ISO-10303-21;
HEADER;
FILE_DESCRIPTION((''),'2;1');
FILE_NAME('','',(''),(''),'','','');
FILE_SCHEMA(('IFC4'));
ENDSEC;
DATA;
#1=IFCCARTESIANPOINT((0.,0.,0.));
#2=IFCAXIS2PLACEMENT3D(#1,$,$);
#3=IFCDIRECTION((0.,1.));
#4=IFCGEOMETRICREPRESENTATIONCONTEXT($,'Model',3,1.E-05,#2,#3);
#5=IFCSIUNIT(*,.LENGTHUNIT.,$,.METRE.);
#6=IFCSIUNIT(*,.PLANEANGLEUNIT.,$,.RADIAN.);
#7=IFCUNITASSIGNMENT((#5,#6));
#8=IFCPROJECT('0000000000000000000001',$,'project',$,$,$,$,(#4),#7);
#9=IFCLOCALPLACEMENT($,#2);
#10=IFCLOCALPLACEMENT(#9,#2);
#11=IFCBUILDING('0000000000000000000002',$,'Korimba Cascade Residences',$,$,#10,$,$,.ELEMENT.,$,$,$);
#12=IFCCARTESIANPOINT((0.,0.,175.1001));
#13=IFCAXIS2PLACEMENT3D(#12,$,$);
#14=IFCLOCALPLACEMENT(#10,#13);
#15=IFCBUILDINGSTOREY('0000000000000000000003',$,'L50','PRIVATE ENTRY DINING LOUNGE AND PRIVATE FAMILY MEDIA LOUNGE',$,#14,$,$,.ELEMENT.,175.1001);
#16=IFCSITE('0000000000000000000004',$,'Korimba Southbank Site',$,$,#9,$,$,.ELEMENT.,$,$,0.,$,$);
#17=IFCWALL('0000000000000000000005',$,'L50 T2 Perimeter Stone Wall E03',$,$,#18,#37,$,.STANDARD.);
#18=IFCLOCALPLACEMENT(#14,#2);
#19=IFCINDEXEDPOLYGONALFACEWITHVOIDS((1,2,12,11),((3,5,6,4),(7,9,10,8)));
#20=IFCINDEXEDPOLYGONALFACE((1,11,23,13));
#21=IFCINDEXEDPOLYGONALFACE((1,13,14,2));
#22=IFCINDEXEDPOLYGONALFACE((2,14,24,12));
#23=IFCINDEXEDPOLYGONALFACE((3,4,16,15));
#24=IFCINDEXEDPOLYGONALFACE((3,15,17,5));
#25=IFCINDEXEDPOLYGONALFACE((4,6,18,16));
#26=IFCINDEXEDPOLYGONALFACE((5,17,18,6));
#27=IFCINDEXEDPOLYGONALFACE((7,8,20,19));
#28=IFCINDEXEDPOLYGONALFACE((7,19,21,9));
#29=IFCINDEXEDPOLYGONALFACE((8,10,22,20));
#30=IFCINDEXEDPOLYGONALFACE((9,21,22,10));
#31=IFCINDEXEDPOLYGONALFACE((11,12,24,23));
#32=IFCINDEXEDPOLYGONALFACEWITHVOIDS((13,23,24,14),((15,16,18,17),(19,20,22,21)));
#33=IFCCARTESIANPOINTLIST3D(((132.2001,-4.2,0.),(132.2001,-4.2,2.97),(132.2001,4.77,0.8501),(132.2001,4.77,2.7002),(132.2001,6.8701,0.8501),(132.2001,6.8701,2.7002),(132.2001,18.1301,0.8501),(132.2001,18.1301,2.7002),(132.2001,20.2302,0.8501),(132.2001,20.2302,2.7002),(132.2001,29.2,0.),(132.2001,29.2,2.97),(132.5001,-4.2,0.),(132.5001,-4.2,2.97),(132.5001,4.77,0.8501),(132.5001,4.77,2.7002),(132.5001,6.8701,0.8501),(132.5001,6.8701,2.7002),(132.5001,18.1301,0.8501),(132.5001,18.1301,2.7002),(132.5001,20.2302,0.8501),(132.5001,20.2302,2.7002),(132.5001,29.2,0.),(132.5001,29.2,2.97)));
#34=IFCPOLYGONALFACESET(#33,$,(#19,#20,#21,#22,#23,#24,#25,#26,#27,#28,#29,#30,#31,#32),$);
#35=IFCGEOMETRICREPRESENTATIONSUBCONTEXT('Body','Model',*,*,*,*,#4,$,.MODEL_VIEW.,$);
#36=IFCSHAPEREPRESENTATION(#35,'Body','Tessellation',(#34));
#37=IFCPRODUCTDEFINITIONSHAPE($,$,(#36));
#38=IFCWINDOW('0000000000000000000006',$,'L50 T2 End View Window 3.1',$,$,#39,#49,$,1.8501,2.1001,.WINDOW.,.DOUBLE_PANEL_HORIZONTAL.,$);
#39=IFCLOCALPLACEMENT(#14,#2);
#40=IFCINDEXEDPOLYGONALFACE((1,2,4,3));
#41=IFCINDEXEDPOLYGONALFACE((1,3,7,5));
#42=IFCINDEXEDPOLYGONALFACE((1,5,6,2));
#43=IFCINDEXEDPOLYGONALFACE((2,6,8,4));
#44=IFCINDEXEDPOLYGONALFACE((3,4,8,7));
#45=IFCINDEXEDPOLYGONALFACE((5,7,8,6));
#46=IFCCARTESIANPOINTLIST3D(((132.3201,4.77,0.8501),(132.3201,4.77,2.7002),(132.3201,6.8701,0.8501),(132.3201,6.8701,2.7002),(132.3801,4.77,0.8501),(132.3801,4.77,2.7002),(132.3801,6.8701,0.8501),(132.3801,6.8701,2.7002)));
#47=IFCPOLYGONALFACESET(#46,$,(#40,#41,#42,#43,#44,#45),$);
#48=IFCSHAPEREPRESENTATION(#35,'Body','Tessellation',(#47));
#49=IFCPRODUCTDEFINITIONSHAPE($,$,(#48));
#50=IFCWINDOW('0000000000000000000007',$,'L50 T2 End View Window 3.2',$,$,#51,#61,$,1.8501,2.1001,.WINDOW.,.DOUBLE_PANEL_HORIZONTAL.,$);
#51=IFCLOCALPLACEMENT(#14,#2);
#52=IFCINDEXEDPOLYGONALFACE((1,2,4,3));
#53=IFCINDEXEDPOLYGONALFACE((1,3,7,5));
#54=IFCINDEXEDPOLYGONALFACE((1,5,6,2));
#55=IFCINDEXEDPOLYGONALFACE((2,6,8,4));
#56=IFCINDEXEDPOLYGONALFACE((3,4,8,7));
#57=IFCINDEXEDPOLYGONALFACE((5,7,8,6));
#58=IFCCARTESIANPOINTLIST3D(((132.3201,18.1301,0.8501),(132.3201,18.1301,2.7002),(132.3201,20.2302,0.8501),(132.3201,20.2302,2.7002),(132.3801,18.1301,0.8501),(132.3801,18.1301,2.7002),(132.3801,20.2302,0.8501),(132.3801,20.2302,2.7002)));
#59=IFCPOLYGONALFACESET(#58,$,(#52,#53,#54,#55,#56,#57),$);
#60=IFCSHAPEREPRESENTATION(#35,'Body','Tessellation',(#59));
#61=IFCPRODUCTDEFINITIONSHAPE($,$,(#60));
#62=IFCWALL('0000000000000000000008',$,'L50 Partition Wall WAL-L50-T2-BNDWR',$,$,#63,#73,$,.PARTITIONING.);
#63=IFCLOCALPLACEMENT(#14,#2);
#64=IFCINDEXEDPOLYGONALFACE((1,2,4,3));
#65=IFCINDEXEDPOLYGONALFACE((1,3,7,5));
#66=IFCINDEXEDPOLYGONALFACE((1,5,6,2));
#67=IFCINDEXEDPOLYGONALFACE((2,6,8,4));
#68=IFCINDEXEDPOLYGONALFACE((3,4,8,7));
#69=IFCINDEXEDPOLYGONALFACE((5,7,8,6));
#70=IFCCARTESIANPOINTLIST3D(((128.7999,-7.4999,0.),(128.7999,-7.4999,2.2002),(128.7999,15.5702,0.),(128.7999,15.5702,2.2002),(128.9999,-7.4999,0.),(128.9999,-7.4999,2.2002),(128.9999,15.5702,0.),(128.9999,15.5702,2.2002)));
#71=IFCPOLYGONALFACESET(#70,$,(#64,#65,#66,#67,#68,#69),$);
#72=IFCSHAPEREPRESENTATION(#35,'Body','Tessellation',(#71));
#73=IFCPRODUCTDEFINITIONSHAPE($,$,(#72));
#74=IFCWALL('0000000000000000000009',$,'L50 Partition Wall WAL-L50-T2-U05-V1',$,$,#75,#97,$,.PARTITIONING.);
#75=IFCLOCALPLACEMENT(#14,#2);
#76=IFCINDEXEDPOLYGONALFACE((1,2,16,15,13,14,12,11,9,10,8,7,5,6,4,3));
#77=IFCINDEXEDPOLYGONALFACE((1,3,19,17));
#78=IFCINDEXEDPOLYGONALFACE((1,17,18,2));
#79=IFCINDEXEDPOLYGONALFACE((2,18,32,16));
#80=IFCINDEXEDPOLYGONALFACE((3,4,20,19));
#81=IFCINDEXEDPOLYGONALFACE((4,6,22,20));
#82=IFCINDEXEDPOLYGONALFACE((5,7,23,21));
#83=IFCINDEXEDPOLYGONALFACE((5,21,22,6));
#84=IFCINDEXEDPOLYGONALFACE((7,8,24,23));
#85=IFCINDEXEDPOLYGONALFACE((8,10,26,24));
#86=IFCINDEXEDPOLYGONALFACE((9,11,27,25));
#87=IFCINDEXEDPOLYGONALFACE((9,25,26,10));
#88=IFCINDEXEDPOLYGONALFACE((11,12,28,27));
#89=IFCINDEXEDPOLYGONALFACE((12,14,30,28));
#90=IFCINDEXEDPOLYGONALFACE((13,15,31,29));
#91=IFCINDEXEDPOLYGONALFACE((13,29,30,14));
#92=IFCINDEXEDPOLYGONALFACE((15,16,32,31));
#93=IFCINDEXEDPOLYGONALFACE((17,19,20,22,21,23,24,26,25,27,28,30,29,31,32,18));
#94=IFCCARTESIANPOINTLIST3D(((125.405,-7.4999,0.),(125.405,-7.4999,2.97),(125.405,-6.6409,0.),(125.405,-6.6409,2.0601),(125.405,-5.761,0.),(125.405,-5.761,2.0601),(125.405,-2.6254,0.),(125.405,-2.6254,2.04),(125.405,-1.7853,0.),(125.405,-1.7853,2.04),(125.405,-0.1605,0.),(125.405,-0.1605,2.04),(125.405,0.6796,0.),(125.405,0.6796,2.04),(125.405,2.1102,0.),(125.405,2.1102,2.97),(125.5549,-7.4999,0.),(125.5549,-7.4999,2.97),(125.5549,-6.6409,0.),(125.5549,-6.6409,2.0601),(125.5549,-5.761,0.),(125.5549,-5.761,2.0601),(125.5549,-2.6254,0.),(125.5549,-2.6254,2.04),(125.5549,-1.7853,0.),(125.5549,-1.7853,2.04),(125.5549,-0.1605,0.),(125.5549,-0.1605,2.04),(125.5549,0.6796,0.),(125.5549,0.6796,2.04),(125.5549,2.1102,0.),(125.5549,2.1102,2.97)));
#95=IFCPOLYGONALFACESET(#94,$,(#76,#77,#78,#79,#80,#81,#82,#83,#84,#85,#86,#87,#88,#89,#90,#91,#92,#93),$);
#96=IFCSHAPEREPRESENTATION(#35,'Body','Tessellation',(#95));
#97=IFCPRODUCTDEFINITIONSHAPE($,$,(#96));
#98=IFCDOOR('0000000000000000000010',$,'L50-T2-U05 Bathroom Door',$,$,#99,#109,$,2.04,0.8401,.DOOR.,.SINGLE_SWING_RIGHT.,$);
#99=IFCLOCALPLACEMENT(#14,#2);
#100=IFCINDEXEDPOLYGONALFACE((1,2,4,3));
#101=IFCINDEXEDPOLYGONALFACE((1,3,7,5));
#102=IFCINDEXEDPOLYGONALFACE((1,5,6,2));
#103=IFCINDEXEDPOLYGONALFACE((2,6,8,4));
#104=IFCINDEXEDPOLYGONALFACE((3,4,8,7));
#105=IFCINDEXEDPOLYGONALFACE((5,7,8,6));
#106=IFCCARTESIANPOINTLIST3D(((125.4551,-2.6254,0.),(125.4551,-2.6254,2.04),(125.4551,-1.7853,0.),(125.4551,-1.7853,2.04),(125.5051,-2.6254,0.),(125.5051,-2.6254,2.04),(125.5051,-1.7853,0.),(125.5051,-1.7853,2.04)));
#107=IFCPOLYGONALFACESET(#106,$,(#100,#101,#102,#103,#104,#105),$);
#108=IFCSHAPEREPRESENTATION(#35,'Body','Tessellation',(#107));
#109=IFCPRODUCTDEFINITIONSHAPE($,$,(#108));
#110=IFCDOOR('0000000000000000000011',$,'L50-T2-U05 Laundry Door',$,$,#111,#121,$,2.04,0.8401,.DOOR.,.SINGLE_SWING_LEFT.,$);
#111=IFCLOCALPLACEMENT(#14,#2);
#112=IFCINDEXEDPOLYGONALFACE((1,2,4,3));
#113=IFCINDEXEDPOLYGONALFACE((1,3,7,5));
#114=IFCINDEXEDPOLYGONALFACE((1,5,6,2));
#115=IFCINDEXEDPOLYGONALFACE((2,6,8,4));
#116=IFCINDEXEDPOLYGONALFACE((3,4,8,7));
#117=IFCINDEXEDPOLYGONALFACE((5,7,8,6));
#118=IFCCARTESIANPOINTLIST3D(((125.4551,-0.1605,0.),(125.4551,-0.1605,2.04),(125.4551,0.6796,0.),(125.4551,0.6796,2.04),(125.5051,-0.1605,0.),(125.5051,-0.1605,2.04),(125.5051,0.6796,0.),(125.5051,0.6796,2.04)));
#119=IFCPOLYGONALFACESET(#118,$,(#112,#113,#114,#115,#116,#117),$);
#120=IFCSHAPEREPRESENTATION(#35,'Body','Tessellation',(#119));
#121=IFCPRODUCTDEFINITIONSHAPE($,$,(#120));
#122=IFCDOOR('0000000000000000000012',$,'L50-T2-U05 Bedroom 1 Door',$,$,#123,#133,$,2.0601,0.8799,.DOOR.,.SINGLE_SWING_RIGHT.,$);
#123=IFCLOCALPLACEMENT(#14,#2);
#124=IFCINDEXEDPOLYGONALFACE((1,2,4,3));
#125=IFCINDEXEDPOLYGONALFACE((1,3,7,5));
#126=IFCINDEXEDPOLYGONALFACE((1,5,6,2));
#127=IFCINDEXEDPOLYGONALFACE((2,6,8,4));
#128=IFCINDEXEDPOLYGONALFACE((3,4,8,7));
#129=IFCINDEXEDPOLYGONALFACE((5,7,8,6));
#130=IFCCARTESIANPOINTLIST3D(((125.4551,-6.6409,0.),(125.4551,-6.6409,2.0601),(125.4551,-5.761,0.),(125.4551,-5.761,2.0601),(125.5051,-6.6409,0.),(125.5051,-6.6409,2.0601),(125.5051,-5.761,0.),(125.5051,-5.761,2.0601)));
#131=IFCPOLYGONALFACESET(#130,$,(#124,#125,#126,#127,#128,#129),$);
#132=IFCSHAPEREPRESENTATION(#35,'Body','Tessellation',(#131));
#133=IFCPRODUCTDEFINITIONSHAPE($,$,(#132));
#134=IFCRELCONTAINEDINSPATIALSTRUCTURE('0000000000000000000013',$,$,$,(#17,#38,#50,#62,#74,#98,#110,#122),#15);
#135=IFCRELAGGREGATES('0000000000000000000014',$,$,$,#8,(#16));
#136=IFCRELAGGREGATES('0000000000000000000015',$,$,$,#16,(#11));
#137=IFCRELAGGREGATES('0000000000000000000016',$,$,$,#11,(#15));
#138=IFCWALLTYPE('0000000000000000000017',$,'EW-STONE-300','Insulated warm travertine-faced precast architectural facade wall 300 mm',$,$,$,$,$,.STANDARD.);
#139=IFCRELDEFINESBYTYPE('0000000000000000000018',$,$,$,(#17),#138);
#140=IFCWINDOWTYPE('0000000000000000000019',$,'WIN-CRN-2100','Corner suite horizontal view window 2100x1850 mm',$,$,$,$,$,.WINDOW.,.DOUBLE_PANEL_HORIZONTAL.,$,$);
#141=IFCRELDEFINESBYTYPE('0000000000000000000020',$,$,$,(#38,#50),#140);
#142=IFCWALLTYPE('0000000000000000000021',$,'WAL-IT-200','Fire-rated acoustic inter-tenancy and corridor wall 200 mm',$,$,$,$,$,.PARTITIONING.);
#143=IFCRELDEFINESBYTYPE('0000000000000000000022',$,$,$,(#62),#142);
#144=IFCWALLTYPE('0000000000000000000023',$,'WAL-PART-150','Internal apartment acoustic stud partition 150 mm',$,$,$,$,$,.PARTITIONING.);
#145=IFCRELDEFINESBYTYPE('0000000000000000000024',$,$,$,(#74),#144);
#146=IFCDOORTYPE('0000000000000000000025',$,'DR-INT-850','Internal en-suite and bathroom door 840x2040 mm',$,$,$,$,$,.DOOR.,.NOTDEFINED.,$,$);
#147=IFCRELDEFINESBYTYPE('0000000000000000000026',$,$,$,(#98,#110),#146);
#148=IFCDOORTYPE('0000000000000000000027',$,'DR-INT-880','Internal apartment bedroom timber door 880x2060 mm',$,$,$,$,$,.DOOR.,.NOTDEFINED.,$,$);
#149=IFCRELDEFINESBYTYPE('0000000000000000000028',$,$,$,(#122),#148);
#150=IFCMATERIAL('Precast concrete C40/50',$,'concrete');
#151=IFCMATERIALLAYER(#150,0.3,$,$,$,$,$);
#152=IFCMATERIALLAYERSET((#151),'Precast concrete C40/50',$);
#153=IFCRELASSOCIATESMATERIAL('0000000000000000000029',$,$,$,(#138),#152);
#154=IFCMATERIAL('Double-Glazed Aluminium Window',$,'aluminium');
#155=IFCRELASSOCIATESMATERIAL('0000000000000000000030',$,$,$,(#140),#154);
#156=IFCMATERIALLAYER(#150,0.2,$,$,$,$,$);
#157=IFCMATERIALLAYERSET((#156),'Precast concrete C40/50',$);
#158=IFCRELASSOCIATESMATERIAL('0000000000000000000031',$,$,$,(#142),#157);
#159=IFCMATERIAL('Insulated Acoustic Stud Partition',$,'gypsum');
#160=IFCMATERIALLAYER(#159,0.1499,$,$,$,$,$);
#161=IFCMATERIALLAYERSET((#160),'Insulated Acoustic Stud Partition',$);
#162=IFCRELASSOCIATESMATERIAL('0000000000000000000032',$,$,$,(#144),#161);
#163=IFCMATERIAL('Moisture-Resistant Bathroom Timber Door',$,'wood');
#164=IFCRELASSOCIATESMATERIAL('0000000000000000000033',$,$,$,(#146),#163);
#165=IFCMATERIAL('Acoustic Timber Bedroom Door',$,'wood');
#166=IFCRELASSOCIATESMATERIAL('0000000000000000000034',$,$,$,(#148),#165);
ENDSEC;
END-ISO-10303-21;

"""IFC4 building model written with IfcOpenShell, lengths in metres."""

from ifc_helpers import new_model, si_unit, direction, frame, frame_2d, origin, place, context, subcontext, project, spatial, rectangle, extrude, material, layer, layer_set, type_object, element, fill, save


model = new_model("IFC4")

# Units and contexts
model_context = context("Model", 3, precision=1e-05, world=origin(), true_north=direction((0.0, 1.0)))
body_context = subcontext(model_context, "Body", "Model", "MODEL_VIEW")
ifc_project = project(units=[si_unit("LENGTHUNIT", "METRE"), si_unit("PLANEANGLEUNIT", "RADIAN")], contexts=[model_context])

# Site, building, storey
site_placement = place(None, origin())
site = spatial("IfcSite", under=ifc_project, at=site_placement, Name="Korimba Southbank Site", CompositionType="ELEMENT", RefElevation=0.0)
building_placement = place(site_placement, origin())
building = spatial("IfcBuilding", under=site, at=building_placement, Name="Korimba Cascade Residences", CompositionType="ELEMENT")
storey_placement = place(building_placement, frame((0.0, 0.0, 175.1001)))
storey = spatial("IfcBuildingStorey", under=building, at=storey_placement, Name="L50", Description="PRIVATE ENTRY DINING LOUNGE AND PRIVATE FAMILY MEDIA LOUNGE", CompositionType="ELEMENT", Elevation=175.1001)

# Shared definitions
ifc_material_1 = material(Name="Precast concrete C40/50", Category="concrete")
ifc_layer_1 = layer(ifc_material_1, 0.3)
ifc_layer_set_1 = layer_set([ifc_layer_1], Name="Precast concrete C40/50")
wall_type_1 = type_object("IfcWallType", Name="EW-STONE-300", Description="Insulated warm travertine-faced precast architectural facade wall 300 mm", PredefinedType="STANDARD", material=ifc_layer_set_1)

# Wall, openings, windows
wall_1_placement = place(storey_placement, frame((132.3501, -4.2, 0.0), z_axis=(0.0, 0.0, 1.0), x_axis=(0.0, 1.0, 0.0)))
wall_1 = element("IfcWall", 1, at=wall_1_placement, inside=storey, type_object=wall_type_1, Name="L50 T2 Perimeter Stone Wall E03", PredefinedType="STANDARD", context=body_context, shape_type="SweptSolid", body=[
    extrude(rectangle(XDim=33.3999, YDim=0.3, at=frame_2d((16.7, 0.0))), origin(), (0.0, 0.0, 1.0), 2.97),
])
opening_1_placement = place(wall_1_placement, frame((8.97, 0.0, 0.8501)))
opening_1 = element("IfcOpeningElement", 2, at=opening_1_placement, cuts=wall_1, PredefinedType="OPENING", context=body_context, shape_type="SweptSolid", body=[
    extrude(rectangle(XDim=2.1001, YDim=1.8501, at=frame_2d((1.05, 0.925))), frame((0.0, 0.1602, 0.0), z_axis=(0.0, -1.0, 0.0), x_axis=(1.0, 0.0, 0.0)), (0.0, 0.0, 1.0), 0.3201),
])
opening_2_placement = place(wall_1_placement, frame((22.3301, 0.0, 0.8501)))
opening_2 = element("IfcOpeningElement", 3, at=opening_2_placement, cuts=wall_1, PredefinedType="OPENING", context=body_context, shape_type="SweptSolid", body=[
    extrude(rectangle(XDim=2.1001, YDim=1.8501, at=frame_2d((1.05, 0.925))), frame((0.0, 0.1602, 0.0), z_axis=(0.0, -1.0, 0.0), x_axis=(1.0, 0.0, 0.0)), (0.0, 0.0, 1.0), 0.3201),
])
ifc_material_2 = material(Name="Double-Glazed Aluminium Window", Category="aluminium")
window_type = type_object("IfcWindowType", Name="WIN-CRN-2100", Description="Corner suite horizontal view window 2100x1850 mm", PartitioningType="DOUBLE_PANEL_HORIZONTAL", PredefinedType="WINDOW", material=ifc_material_2)
window_1_placement = place(opening_1_placement, origin())
window_1 = element("IfcWindow", 4, at=window_1_placement, inside=storey, type_object=window_type, Name="L50 T2 End View Window 3.1", OverallHeight=1.8501, OverallWidth=2.1001, PartitioningType="DOUBLE_PANEL_HORIZONTAL", PredefinedType="WINDOW", context=body_context, shape_type="SweptSolid", body=[
    extrude(rectangle(XDim=2.1001, YDim=1.8501, at=frame_2d((1.05, 0.925))), frame((0.0, 0.03, 0.0), z_axis=(0.0, -1.0, 0.0), x_axis=(1.0, 0.0, 0.0)), (0.0, 0.0, 1.0), 0.0601),
])
fill(opening_1, window_1)
window_2_placement = place(opening_2_placement, origin())
window_2 = element("IfcWindow", 5, at=window_2_placement, inside=storey, type_object=window_type, Name="L50 T2 End View Window 3.2", OverallHeight=1.8501, OverallWidth=2.1001, PartitioningType="DOUBLE_PANEL_HORIZONTAL", PredefinedType="WINDOW", context=body_context, shape_type="SweptSolid", body=[
    extrude(rectangle(XDim=2.1001, YDim=1.8501, at=frame_2d((1.05, 0.925))), frame((0.0, 0.03, 0.0), z_axis=(0.0, -1.0, 0.0), x_axis=(1.0, 0.0, 0.0)), (0.0, 0.0, 1.0), 0.0601),
])
fill(opening_2, window_2)

# Wall
ifc_layer_2 = layer(ifc_material_1, 0.2)
ifc_layer_set_2 = layer_set([ifc_layer_2], Name="Precast concrete C40/50")
wall_type_2 = type_object("IfcWallType", Name="WAL-IT-200", Description="Fire-rated acoustic inter-tenancy and corridor wall 200 mm", PredefinedType="PARTITIONING", material=ifc_layer_set_2)
wall_2_placement = place(storey_placement, frame((128.8999, -7.5, 0.0), z_axis=(0.0, 0.0, 1.0), x_axis=(0.0, 1.0, 0.0)))
element("IfcWall", 6, at=wall_2_placement, inside=storey, type_object=wall_type_2, Name="L50 Partition Wall WAL-L50-T2-BNDWR", PredefinedType="PARTITIONING", context=body_context, shape_type="SweptSolid", body=[
    extrude(rectangle(XDim=23.0701, YDim=0.2, at=frame_2d((11.5352, 0.0))), origin(), (0.0, 0.0, 1.0), 2.2002),
])

# Wall, openings, doors
ifc_material_3 = material(Name="Insulated Acoustic Stud Partition", Category="gypsum")
ifc_layer_3 = layer(ifc_material_3, 0.1499)
ifc_layer_set_3 = layer_set([ifc_layer_3], Name="Insulated Acoustic Stud Partition")
wall_type_3 = type_object("IfcWallType", Name="WAL-PART-150", Description="Internal apartment acoustic stud partition 150 mm", PredefinedType="PARTITIONING", material=ifc_layer_set_3)
wall_3_placement = place(storey_placement, frame((125.48, -7.5, 0.0), z_axis=(0.0, 0.0, 1.0), x_axis=(0.0, 1.0, 0.0)))
wall_3 = element("IfcWall", 7, at=wall_3_placement, inside=storey, type_object=wall_type_3, Name="L50 Partition Wall WAL-L50-T2-U05-V1", PredefinedType="PARTITIONING", context=body_context, shape_type="SweptSolid", body=[
    extrude(rectangle(XDim=9.6101, YDim=0.1499, at=frame_2d((4.8052, 0.0))), origin(), (0.0, 0.0, 1.0), 2.97),
])
opening_3_placement = place(wall_3_placement, frame((4.8748, 0.0, 0.0)))
opening_3 = element("IfcOpeningElement", 8, at=opening_3_placement, cuts=wall_3, PredefinedType="OPENING", context=body_context, shape_type="SweptSolid", body=[
    extrude(rectangle(XDim=0.8401, YDim=2.04, at=frame_2d((0.4199, 1.02))), frame((0.0, 0.085, 0.0), z_axis=(0.0, -1.0, 0.0), x_axis=(1.0, 0.0, 0.0)), (0.0, 0.0, 1.0), 0.1699),
])
opening_4_placement = place(wall_3_placement, frame((7.3396, 0.0, 0.0)))
opening_4 = element("IfcOpeningElement", 9, at=opening_4_placement, cuts=wall_3, PredefinedType="OPENING", context=body_context, shape_type="SweptSolid", body=[
    extrude(rectangle(XDim=0.8401, YDim=2.04, at=frame_2d((0.4199, 1.02))), frame((0.0, 0.085, 0.0), z_axis=(0.0, -1.0, 0.0), x_axis=(1.0, 0.0, 0.0)), (0.0, 0.0, 1.0), 0.1699),
])
opening_5_placement = place(wall_3_placement, frame((0.8591, 0.0, 0.0)))
opening_5 = element("IfcOpeningElement", 10, at=opening_5_placement, cuts=wall_3, PredefinedType="OPENING", context=body_context, shape_type="SweptSolid", body=[
    extrude(rectangle(XDim=0.8799, YDim=2.0601, at=frame_2d((0.4399, 1.03))), frame((0.0, 0.085, 0.0), z_axis=(0.0, -1.0, 0.0), x_axis=(1.0, 0.0, 0.0)), (0.0, 0.0, 1.0), 0.1699),
])
ifc_material_4 = material(Name="Moisture-Resistant Bathroom Timber Door", Category="wood")
door_type_1 = type_object("IfcDoorType", Name="DR-INT-850", Description="Internal en-suite and bathroom door 840x2040 mm", OperationType="NOTDEFINED", PredefinedType="DOOR", material=ifc_material_4)
door_1_placement = place(opening_3_placement, origin())
door_1 = element("IfcDoor", 11, at=door_1_placement, inside=storey, type_object=door_type_1, Name="L50-T2-U05 Bathroom Door", OperationType="SINGLE_SWING_RIGHT", OverallHeight=2.04, OverallWidth=0.8401, PredefinedType="DOOR", context=body_context, shape_type="SweptSolid", body=[
    extrude(rectangle(XDim=0.8401, YDim=2.04, at=frame_2d((0.4199, 1.02))), frame((0.0, 0.0249, 0.0), z_axis=(0.0, -1.0, 0.0), x_axis=(1.0, 0.0, 0.0)), (0.0, 0.0, 1.0), 0.05),
])
fill(opening_3, door_1)
door_2_placement = place(opening_4_placement, origin())
door_2 = element("IfcDoor", 12, at=door_2_placement, inside=storey, type_object=door_type_1, Name="L50-T2-U05 Laundry Door", OperationType="SINGLE_SWING_LEFT", OverallHeight=2.04, OverallWidth=0.8401, PredefinedType="DOOR", context=body_context, shape_type="SweptSolid", body=[
    extrude(rectangle(XDim=0.8401, YDim=2.04, at=frame_2d((0.4199, 1.02))), frame((0.0, 0.0249, 0.0), z_axis=(0.0, -1.0, 0.0), x_axis=(1.0, 0.0, 0.0)), (0.0, 0.0, 1.0), 0.05),
])
fill(opening_4, door_2)
ifc_material_5 = material(Name="Acoustic Timber Bedroom Door", Category="wood")
door_type_2 = type_object("IfcDoorType", Name="DR-INT-880", Description="Internal apartment bedroom timber door 880x2060 mm", OperationType="NOTDEFINED", PredefinedType="DOOR", material=ifc_material_5)
door_3_placement = place(opening_5_placement, origin())
door_3 = element("IfcDoor", 13, at=door_3_placement, inside=storey, type_object=door_type_2, Name="L50-T2-U05 Bedroom 1 Door", OperationType="SINGLE_SWING_RIGHT", OverallHeight=2.0601, OverallWidth=0.8799, PredefinedType="DOOR", context=body_context, shape_type="SweptSolid", body=[
    extrude(rectangle(XDim=0.8799, YDim=2.0601, at=frame_2d((0.4399, 1.03))), frame((0.0, 0.0249, 0.0), z_axis=(0.0, -1.0, 0.0), x_axis=(1.0, 0.0, 0.0)), (0.0, 0.0, 1.0), 0.05),
])
fill(opening_5, door_3)

save(model, "model.ifc")
